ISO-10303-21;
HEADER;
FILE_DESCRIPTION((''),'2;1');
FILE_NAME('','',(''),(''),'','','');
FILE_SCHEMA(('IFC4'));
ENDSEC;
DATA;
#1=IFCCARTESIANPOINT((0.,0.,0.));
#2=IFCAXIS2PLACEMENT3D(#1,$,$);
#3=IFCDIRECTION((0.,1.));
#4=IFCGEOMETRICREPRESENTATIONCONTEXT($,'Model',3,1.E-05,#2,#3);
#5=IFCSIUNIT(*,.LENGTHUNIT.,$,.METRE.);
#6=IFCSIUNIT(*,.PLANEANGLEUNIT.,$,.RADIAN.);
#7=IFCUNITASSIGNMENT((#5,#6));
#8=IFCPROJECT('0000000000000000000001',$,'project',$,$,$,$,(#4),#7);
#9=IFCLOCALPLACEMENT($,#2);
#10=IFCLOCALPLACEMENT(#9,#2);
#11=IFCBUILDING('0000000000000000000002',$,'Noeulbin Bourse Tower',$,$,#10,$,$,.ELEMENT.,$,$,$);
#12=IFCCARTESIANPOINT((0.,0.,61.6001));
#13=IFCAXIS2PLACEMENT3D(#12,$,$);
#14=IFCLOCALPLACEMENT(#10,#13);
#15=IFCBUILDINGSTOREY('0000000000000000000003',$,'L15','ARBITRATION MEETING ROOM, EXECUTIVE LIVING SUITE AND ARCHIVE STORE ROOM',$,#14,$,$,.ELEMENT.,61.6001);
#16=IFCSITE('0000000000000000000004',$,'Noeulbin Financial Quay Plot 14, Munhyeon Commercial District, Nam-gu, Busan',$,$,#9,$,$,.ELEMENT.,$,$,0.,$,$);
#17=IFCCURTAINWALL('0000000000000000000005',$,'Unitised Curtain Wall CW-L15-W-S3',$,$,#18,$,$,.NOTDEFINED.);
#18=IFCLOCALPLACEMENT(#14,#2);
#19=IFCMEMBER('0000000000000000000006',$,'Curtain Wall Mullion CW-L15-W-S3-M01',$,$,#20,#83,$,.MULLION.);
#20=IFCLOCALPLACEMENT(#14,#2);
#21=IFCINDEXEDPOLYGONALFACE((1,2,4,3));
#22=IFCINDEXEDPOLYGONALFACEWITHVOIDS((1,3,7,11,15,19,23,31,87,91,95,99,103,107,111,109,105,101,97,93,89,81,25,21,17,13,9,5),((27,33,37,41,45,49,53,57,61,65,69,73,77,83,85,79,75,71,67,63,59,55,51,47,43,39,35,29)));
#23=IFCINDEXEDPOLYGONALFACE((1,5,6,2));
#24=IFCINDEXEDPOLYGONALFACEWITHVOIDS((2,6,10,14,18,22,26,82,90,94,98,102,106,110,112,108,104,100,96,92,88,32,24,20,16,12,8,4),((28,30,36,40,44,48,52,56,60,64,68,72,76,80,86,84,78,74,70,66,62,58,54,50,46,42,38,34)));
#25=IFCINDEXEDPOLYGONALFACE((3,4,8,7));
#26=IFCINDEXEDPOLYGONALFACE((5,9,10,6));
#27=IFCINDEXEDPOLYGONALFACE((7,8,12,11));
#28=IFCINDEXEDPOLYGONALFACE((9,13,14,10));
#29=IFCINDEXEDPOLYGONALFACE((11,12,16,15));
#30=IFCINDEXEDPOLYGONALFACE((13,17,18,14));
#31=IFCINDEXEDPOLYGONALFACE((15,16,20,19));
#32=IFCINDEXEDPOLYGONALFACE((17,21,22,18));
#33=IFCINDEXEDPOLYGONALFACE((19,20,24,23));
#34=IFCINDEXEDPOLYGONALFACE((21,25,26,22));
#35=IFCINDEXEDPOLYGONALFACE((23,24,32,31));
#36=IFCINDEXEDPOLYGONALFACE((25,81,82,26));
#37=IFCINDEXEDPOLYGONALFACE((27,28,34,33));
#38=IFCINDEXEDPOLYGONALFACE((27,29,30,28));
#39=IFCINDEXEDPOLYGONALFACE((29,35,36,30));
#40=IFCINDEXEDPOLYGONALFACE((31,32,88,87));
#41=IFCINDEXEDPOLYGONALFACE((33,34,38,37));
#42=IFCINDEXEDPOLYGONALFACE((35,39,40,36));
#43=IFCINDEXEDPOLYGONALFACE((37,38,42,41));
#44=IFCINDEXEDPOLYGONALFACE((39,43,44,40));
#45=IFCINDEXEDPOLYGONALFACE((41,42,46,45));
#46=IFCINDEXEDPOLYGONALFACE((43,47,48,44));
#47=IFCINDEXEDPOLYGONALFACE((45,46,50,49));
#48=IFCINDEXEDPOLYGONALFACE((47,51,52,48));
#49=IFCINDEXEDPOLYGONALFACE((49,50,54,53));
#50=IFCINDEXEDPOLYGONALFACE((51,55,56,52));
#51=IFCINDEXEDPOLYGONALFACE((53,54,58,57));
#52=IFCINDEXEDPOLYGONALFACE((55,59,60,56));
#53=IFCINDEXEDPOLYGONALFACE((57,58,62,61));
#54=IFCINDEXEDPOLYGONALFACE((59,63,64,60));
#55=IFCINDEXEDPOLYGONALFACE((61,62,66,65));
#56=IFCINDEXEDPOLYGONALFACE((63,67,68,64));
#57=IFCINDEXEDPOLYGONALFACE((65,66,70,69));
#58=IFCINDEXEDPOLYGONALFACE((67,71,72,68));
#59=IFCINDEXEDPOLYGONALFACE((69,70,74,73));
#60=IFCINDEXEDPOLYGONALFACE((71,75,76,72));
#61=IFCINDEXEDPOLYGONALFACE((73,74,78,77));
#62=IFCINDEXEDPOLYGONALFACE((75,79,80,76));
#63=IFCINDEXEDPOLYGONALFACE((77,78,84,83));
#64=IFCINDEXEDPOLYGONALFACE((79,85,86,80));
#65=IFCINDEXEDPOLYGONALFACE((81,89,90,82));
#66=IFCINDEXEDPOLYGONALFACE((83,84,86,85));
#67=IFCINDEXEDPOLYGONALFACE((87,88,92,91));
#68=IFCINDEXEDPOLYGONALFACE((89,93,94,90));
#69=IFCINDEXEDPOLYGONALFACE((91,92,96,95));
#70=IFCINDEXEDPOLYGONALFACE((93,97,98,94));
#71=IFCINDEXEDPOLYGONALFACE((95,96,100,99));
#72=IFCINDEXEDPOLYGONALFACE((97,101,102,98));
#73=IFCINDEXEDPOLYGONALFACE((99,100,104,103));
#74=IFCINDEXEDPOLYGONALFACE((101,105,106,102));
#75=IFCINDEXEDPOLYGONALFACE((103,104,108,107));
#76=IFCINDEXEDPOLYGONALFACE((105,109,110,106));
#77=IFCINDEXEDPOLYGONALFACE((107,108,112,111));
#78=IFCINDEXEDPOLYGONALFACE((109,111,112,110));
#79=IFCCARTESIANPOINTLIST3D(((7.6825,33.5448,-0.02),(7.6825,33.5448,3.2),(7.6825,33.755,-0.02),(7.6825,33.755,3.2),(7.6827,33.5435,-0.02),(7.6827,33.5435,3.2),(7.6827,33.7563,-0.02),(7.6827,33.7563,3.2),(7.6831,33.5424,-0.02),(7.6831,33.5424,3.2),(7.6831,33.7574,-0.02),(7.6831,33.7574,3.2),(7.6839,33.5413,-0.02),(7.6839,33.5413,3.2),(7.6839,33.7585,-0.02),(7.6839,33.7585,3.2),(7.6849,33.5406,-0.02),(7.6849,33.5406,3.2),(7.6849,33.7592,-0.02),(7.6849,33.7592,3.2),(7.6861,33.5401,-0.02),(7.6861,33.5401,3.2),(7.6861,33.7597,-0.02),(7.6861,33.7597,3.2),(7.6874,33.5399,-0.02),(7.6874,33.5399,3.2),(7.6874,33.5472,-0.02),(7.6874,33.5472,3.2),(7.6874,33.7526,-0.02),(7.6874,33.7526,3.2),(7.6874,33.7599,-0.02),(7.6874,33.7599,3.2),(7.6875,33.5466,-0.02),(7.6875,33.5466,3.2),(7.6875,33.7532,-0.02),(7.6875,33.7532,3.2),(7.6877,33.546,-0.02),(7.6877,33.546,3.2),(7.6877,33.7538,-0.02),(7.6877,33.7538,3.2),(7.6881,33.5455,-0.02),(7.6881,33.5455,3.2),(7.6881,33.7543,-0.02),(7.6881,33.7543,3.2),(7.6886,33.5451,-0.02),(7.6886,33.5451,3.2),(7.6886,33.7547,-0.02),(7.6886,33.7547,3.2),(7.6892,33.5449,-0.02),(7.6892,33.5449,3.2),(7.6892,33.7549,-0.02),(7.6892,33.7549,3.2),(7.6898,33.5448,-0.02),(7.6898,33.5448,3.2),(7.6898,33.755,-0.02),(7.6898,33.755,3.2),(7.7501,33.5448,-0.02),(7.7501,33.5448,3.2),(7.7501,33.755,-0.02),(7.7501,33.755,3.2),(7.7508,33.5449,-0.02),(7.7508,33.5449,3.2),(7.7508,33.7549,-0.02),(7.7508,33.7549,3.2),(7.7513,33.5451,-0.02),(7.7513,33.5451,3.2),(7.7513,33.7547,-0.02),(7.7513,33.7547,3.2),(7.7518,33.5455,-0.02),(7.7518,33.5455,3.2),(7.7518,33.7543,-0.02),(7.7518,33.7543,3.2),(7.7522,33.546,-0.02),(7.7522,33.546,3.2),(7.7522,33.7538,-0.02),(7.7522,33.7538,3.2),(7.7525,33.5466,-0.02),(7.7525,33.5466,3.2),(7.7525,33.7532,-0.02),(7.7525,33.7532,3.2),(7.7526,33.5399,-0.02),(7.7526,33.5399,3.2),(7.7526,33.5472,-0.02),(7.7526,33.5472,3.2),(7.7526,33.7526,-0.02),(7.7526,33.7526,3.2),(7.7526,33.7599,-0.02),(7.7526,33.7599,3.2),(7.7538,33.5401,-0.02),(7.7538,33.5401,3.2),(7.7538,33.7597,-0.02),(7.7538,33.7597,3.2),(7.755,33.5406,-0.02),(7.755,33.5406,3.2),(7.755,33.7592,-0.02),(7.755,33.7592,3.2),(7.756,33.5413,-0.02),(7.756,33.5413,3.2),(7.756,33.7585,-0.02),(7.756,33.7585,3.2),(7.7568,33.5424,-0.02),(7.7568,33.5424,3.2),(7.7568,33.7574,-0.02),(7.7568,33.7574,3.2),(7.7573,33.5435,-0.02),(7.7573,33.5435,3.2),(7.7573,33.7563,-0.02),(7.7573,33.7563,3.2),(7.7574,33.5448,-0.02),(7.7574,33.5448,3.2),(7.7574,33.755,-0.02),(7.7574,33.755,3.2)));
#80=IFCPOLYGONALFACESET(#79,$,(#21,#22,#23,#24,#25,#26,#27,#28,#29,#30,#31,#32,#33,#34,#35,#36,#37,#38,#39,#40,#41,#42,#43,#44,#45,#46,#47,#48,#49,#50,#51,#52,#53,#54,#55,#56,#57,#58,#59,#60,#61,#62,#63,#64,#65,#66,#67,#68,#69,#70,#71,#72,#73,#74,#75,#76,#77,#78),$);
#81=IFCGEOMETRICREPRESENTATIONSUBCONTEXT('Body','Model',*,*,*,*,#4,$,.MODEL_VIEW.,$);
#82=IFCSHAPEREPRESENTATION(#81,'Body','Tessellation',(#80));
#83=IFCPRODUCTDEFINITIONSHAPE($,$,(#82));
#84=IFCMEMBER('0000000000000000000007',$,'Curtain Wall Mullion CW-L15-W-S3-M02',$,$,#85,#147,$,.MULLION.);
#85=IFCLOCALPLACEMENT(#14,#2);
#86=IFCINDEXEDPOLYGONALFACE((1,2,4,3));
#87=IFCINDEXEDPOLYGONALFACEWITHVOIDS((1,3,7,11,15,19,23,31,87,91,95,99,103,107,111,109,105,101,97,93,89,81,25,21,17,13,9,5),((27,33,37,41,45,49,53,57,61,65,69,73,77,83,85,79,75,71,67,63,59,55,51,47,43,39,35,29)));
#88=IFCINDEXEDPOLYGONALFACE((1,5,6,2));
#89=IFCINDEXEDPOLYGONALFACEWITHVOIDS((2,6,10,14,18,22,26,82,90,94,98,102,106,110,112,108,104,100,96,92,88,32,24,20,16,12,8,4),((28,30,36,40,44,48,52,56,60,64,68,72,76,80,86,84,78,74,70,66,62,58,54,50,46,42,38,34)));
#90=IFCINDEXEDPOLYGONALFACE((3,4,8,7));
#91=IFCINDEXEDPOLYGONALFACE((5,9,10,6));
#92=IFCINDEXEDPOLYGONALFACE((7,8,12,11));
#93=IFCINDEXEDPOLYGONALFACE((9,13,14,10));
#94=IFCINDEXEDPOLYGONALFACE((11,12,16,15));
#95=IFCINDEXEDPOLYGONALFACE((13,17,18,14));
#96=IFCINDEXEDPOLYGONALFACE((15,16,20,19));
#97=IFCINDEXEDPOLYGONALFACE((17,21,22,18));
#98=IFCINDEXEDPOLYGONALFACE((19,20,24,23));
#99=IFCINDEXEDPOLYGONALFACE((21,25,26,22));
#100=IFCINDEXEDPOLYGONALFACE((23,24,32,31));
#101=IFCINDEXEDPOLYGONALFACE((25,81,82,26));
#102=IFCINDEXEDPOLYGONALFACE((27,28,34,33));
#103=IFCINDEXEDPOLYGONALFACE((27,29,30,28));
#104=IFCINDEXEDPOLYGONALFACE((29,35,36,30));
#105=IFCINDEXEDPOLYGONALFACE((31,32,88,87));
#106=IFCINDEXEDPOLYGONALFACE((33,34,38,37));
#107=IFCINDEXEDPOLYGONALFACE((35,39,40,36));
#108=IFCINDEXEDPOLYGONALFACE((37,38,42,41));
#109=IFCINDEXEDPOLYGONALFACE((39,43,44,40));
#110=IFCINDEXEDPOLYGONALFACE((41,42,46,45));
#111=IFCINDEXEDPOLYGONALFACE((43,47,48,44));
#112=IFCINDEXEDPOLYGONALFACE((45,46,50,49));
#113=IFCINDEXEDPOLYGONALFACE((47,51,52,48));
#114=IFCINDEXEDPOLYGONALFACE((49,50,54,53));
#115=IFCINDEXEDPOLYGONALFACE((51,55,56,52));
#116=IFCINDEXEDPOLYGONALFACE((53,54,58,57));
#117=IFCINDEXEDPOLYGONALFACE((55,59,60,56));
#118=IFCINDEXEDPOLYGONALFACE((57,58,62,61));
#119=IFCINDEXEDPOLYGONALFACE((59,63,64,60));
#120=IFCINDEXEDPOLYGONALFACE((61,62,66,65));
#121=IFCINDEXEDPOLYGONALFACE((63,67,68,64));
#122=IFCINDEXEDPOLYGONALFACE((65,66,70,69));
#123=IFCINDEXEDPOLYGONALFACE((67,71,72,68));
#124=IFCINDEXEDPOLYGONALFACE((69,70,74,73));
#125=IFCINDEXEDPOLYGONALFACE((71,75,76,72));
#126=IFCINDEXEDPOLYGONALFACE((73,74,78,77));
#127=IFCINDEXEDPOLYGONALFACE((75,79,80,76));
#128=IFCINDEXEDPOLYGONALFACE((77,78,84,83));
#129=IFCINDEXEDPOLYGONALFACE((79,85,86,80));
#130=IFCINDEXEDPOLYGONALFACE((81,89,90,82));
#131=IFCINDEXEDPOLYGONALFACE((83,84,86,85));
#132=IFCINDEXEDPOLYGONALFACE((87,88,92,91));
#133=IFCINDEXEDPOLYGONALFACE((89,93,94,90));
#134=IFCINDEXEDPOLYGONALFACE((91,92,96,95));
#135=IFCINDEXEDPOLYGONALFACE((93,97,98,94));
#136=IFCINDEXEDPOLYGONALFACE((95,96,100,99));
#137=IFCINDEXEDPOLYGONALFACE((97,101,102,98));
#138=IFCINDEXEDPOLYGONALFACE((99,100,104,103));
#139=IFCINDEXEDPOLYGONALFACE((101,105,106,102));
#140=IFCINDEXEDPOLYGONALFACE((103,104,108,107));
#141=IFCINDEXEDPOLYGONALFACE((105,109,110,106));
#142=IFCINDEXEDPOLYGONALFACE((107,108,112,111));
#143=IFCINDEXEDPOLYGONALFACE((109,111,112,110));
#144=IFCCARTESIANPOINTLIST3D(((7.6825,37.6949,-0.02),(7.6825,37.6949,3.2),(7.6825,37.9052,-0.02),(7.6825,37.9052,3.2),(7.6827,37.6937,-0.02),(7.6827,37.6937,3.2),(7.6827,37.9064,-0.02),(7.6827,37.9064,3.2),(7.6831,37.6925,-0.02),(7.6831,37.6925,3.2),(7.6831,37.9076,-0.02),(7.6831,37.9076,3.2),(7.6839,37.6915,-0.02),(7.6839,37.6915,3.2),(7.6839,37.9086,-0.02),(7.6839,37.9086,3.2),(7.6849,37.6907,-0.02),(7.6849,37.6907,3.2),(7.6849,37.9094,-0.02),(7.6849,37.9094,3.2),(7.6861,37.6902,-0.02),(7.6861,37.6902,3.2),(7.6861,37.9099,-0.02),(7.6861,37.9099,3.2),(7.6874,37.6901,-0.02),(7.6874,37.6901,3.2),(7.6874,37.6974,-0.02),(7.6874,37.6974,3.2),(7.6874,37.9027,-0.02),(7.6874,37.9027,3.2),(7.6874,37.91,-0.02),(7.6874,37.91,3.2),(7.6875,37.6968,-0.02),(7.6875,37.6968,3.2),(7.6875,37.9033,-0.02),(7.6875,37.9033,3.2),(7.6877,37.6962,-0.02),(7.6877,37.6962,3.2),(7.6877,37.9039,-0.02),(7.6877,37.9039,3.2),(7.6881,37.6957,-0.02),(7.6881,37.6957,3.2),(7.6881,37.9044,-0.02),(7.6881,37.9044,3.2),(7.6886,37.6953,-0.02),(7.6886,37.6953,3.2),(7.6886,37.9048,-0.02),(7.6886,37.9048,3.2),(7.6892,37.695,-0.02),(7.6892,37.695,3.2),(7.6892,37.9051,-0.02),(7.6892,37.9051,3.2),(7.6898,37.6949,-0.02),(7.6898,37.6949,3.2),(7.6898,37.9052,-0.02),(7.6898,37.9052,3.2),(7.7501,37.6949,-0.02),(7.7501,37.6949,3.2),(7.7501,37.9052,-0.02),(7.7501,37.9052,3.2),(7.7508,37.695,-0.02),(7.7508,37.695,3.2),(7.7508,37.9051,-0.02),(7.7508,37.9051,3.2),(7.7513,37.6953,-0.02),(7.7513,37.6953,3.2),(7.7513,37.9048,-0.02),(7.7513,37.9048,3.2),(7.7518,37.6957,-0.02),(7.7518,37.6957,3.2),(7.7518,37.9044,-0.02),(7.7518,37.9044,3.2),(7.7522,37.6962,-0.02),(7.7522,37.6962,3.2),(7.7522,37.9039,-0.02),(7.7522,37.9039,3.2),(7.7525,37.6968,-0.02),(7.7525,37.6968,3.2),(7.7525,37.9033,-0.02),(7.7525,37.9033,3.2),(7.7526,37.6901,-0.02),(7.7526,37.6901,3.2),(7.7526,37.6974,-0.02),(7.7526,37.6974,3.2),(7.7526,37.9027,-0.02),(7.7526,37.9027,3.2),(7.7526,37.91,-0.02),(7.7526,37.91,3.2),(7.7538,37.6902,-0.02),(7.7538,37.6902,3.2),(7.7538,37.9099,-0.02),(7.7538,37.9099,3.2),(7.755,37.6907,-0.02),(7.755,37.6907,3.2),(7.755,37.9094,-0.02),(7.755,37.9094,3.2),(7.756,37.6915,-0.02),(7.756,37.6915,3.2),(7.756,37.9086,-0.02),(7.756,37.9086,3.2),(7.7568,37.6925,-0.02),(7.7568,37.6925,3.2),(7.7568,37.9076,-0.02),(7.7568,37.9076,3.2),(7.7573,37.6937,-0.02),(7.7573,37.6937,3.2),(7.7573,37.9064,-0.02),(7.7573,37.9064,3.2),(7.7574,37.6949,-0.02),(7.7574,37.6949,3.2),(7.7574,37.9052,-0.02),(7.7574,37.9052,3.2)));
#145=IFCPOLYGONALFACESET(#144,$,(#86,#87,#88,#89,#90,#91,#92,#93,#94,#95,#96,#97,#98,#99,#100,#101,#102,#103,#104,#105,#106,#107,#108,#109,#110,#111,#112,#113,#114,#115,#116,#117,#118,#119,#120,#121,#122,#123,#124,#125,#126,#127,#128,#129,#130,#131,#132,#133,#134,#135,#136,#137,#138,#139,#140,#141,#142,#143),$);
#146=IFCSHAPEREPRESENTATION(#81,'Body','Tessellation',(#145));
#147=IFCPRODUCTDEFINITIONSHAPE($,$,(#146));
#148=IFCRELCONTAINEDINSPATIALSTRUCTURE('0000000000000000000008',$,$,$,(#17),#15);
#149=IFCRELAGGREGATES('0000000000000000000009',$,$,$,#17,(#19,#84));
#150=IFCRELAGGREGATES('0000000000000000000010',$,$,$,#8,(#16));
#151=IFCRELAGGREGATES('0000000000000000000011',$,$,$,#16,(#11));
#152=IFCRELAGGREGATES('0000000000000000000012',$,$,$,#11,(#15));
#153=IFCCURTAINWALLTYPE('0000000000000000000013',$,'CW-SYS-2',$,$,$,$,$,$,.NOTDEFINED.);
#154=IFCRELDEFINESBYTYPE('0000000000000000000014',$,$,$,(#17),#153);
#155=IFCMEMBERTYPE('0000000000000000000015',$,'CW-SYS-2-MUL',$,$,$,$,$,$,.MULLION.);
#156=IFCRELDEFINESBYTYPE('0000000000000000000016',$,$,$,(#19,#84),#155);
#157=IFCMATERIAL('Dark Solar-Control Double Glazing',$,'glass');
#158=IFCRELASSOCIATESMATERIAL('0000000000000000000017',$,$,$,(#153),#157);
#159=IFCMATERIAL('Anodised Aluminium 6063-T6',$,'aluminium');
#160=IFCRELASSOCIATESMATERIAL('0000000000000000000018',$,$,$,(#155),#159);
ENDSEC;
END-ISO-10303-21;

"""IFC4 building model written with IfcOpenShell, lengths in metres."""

from ifc_helpers import new_model, si_unit, direction, frame, origin, origin_2d, place, context, subcontext, project, spatial, hollow_rectangle, extrude, material, material_profile, profile_set, type_object, element, aggregate, save


model = new_model("IFC4")

# Units and contexts
model_context = context("Model", 3, precision=1e-05, world=origin(), true_north=direction((0.0, 1.0)))
body_context = subcontext(model_context, "Body", "Model", "MODEL_VIEW")
ifc_project = project(units=[si_unit("LENGTHUNIT", "METRE"), si_unit("PLANEANGLEUNIT", "RADIAN")], contexts=[model_context])

# Site, building, storey
site_placement = place(None, origin())
site = spatial("IfcSite", under=ifc_project, at=site_placement, Name="Noeulbin Financial Quay Plot 14, Munhyeon Commercial District, Nam-gu, Busan", CompositionType="ELEMENT", RefElevation=0.0)
building_placement = place(site_placement, origin())
building = spatial("IfcBuilding", under=site, at=building_placement, Name="Noeulbin Bourse Tower", CompositionType="ELEMENT")
storey_placement = place(building_placement, frame((0.0, 0.0, 61.6001)))
storey = spatial("IfcBuildingStorey", under=building, at=storey_placement, Name="L15", Description="ARBITRATION MEETING ROOM, EXECUTIVE LIVING SUITE AND ARCHIVE STORE ROOM", CompositionType="ELEMENT", Elevation=61.6001)

# Curtain wall, members
ifc_material_1 = material(Name="Dark Solar-Control Double Glazing", Category="glass")
curtain_wall_type = type_object("IfcCurtainWallType", Name="CW-SYS-2", PredefinedType="NOTDEFINED", material=ifc_material_1)
curtain_wall_placement = place(storey_placement, origin())
curtain_wall = element("IfcCurtainWall", 1, at=curtain_wall_placement, inside=storey, type_object=curtain_wall_type, Name="Unitised Curtain Wall CW-L15-W-S3", PredefinedType="NOTDEFINED")
ifc_material_2 = material(Name="Anodised Aluminium 6063-T6", Category="aluminium")
ifc_material_profile_1 = material_profile(ifc_material_2, hollow_rectangle(XDim=0.075, YDim=0.22, WallThickness=0.0049, InnerFilletRadius=0.0024, OuterFilletRadius=0.0049, at=origin_2d()), Name="ALU-MULL-75x220x5", Category="LoadBearing")
ifc_profile_set_1 = profile_set([ifc_material_profile_1], Name="Anodised Aluminium 6063-T6")
member_type_1 = type_object("IfcMemberType", Name="CW-SYS-2-MUL", PredefinedType="MULLION", material=ifc_profile_set_1)
member_1_placement = place(storey_placement, frame((7.72, 33.6499, -0.02), z_axis=(0.0, 0.0, 1.0), x_axis=(1.0, 0.0, 0.0)))
member_1 = element("IfcMember", 2, at=member_1_placement, type_object=member_type_1, Name="Curtain Wall Mullion CW-L15-W-S3-M01", PredefinedType="MULLION", context=body_context, shape_type="SweptSolid", body=[
    extrude(hollow_rectangle(XDim=0.075, YDim=0.22, WallThickness=0.0049, InnerFilletRadius=0.0024, OuterFilletRadius=0.0049, at=origin_2d()), origin(), (0.0, 0.0, 1.0), 3.22),
])
member_2_placement = place(storey_placement, frame((7.72, 37.8, -0.02), z_axis=(0.0, 0.0, 1.0), x_axis=(1.0, 0.0, 0.0)))
member_2 = element("IfcMember", 3, at=member_2_placement, type_object=member_type_1, Name="Curtain Wall Mullion CW-L15-W-S3-M02", PredefinedType="MULLION", context=body_context, shape_type="SweptSolid", body=[
    extrude(hollow_rectangle(XDim=0.075, YDim=0.22, WallThickness=0.0049, InnerFilletRadius=0.0024, OuterFilletRadius=0.0049, at=origin_2d()), origin(), (0.0, 0.0, 1.0), 3.22),
])
aggregate(curtain_wall, [member_1, member_2])

save(model, "model.ifc")
